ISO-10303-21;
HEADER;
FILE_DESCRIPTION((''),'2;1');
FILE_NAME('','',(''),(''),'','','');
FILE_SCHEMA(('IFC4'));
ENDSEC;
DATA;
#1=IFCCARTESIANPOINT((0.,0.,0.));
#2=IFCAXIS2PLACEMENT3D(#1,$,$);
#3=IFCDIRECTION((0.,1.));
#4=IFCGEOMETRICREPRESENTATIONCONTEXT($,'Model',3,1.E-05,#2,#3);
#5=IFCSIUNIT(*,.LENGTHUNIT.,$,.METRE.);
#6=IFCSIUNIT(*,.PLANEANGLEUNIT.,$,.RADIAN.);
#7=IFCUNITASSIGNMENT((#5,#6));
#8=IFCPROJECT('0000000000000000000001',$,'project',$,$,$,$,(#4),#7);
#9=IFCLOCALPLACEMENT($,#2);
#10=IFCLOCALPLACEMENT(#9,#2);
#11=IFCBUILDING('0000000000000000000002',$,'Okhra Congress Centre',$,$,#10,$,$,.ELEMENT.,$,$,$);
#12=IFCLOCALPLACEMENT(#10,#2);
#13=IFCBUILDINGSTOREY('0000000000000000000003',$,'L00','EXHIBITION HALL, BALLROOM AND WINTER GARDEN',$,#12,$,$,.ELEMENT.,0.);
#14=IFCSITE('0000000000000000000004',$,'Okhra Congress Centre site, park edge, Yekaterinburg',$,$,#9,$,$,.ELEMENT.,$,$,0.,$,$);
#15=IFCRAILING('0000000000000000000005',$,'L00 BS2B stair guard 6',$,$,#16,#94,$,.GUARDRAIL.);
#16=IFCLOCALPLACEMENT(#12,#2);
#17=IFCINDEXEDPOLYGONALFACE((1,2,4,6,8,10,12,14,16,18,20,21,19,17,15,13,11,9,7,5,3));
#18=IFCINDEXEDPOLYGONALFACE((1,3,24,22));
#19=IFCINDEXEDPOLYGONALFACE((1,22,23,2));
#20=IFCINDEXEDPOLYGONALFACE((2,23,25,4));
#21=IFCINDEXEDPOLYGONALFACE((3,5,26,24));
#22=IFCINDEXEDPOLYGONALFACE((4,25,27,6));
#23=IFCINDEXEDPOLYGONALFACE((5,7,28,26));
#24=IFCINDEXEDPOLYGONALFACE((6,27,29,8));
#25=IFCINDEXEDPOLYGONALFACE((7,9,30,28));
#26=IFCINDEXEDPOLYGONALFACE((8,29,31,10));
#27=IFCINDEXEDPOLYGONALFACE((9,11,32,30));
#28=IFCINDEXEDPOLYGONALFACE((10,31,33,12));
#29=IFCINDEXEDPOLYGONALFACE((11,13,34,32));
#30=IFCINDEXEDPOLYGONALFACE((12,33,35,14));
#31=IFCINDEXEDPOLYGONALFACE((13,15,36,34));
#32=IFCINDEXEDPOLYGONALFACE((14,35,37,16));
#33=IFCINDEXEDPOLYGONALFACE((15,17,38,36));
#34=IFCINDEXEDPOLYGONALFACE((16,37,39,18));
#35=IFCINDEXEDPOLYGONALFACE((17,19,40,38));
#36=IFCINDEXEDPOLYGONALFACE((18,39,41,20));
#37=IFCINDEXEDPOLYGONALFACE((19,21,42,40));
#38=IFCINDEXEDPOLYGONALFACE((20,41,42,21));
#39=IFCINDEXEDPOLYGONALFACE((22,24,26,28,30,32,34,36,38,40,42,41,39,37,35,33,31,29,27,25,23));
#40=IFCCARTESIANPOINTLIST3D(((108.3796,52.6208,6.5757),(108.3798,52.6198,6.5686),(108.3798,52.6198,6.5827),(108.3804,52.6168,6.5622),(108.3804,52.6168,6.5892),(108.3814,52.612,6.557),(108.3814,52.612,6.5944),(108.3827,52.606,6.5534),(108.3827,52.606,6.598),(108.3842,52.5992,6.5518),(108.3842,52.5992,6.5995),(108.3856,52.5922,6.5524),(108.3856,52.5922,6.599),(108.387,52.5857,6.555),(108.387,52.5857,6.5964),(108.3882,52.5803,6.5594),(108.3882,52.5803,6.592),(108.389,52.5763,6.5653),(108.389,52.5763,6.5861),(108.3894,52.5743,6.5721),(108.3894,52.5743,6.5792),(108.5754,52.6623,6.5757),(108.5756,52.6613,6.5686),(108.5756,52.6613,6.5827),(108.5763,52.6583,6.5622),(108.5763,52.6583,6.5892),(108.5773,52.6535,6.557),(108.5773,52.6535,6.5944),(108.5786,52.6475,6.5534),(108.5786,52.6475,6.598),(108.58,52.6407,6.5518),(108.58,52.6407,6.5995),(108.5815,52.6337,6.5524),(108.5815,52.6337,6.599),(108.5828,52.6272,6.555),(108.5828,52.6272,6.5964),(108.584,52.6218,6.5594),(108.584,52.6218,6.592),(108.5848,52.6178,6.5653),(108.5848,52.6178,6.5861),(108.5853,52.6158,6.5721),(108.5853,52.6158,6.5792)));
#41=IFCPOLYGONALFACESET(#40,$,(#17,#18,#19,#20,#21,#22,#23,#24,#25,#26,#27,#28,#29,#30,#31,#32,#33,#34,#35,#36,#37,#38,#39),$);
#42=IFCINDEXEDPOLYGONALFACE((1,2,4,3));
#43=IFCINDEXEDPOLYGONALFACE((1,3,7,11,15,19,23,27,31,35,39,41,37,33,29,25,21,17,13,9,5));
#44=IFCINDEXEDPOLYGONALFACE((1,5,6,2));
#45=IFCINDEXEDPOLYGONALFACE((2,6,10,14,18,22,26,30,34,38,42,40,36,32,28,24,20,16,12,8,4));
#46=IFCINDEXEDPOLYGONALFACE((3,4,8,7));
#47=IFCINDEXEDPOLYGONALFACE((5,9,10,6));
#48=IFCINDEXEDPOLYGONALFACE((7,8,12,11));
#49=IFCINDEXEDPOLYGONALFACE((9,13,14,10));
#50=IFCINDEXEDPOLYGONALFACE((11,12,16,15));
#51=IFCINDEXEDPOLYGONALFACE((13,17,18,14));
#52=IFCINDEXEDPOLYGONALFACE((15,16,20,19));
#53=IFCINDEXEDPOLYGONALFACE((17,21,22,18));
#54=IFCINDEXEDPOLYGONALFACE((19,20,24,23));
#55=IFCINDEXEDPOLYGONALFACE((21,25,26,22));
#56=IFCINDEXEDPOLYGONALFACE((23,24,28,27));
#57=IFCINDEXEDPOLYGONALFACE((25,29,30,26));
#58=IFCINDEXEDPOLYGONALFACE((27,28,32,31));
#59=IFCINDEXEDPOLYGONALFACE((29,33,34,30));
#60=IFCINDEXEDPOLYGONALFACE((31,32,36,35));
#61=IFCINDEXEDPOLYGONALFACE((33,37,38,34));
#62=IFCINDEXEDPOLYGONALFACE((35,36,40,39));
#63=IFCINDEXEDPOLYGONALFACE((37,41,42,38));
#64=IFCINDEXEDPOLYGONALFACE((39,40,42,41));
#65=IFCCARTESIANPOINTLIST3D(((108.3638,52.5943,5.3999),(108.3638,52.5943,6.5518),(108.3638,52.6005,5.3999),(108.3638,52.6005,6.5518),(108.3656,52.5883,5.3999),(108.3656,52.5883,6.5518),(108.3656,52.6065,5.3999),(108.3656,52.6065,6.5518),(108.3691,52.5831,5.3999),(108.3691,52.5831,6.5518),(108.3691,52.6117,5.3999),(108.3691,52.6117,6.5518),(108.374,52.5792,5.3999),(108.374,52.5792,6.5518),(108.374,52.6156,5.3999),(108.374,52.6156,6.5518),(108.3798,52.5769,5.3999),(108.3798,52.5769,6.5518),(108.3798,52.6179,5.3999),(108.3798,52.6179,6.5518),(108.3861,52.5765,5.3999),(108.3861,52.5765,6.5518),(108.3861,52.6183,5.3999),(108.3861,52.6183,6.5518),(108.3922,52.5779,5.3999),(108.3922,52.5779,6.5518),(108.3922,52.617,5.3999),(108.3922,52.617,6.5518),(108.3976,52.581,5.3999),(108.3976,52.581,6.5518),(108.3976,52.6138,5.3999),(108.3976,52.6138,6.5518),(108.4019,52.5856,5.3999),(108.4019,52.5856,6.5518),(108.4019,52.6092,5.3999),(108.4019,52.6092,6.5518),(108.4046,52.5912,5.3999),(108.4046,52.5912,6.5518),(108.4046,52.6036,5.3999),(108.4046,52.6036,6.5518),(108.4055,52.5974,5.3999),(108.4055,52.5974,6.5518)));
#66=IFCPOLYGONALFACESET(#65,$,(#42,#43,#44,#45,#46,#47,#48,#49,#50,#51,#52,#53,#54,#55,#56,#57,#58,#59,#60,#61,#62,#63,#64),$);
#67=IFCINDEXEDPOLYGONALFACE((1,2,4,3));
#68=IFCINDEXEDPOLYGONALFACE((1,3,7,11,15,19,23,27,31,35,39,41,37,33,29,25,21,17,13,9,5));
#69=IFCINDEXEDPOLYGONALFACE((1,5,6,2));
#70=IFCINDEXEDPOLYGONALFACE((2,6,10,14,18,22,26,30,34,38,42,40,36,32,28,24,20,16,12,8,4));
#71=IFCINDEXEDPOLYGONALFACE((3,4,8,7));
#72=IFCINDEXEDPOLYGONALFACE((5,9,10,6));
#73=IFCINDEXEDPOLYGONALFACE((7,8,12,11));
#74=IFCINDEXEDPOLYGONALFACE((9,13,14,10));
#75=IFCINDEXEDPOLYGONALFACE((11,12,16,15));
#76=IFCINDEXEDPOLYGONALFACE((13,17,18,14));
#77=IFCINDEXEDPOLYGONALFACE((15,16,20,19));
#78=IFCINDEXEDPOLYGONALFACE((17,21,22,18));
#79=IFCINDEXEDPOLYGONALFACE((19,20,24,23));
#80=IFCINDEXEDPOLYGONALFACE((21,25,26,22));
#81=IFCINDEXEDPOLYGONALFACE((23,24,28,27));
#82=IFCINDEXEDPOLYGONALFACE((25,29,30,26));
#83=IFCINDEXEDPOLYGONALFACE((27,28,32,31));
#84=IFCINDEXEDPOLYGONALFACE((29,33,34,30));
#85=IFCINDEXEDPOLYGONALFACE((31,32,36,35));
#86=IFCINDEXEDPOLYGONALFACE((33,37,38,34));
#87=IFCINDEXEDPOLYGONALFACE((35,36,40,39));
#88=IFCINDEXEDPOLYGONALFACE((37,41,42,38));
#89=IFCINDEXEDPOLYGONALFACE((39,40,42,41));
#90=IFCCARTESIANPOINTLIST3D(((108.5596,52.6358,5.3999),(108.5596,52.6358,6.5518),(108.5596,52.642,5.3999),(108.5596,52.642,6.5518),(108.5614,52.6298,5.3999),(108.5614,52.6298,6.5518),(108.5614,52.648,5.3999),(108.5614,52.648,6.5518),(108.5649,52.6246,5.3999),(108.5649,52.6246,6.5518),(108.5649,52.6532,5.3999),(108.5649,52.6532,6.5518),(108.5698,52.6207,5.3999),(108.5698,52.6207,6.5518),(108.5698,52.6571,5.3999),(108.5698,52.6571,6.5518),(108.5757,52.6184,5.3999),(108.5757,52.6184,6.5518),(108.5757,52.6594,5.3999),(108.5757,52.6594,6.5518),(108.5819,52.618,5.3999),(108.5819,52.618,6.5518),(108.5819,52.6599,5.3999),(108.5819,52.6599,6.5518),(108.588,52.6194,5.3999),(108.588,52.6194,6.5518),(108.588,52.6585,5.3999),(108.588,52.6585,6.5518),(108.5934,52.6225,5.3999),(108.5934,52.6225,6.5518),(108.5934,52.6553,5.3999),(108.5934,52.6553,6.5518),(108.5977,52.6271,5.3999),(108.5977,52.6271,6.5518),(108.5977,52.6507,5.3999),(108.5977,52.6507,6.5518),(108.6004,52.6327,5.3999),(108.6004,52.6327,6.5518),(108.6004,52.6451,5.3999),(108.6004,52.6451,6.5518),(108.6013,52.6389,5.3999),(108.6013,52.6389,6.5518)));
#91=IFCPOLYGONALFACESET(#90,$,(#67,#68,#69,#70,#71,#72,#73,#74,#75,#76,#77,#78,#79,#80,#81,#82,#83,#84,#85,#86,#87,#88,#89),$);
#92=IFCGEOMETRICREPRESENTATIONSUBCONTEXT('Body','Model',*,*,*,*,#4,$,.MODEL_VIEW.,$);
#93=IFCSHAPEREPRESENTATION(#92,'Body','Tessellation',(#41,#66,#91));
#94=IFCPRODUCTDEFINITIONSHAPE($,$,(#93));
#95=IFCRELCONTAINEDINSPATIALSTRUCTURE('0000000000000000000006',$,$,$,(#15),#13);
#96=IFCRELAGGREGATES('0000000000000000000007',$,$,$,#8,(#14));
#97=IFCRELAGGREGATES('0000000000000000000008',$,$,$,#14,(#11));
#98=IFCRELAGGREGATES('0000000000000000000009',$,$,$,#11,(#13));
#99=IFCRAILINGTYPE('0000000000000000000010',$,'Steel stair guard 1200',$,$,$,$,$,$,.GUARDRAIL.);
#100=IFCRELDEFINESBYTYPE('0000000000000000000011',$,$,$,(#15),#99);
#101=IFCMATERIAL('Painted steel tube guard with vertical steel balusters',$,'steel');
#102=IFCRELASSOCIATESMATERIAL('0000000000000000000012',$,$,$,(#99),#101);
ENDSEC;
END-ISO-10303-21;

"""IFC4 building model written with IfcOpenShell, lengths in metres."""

from ifc_helpers import new_model, si_unit, direction, frame, origin, origin_2d, place, context, subcontext, project, spatial, circle, extrude, material, type_object, element, save


model = new_model("IFC4")

# Units and contexts
model_context = context("Model", 3, precision=1e-05, world=origin(), true_north=direction((0.0, 1.0)))
body_context = subcontext(model_context, "Body", "Model", "MODEL_VIEW")
ifc_project = project(units=[si_unit("LENGTHUNIT", "METRE"), si_unit("PLANEANGLEUNIT", "RADIAN")], contexts=[model_context])

# Site, building, storey
site_placement = place(None, origin())
site = spatial("IfcSite", under=ifc_project, at=site_placement, Name="Okhra Congress Centre site, park edge, Yekaterinburg", CompositionType="ELEMENT", RefElevation=0.0)
building_placement = place(site_placement, origin())
building = spatial("IfcBuilding", under=site, at=building_placement, Name="Okhra Congress Centre", CompositionType="ELEMENT")
storey_placement = place(building_placement, origin())
storey = spatial("IfcBuildingStorey", under=building, at=storey_placement, Name="L00", Description="EXHIBITION HALL, BALLROOM AND WINTER GARDEN", CompositionType="ELEMENT", Elevation=0.0)

# Railing
ifc_material_1 = material(Name="Painted steel tube guard with vertical steel balusters", Category="steel")
railing_type_1 = type_object("IfcRailingType", Name="Steel stair guard 1200", PredefinedType="GUARDRAIL", material=ifc_material_1)
railing_1_placement = place(storey_placement, frame((108.3845, 52.5974, 5.3999)))
element("IfcRailing", 1, at=railing_1_placement, inside=storey, type_object=railing_type_1, Name="L00 BS2B stair guard 6", PredefinedType="GUARDRAIL", context=body_context, shape_type="SweptSolid", body=[
    extrude(circle(Radius=0.0239, at=origin_2d()), frame((0.0, 0.0, 1.1758), z_axis=(0.978264, 0.207363, 0.0), x_axis=(-0.207363, 0.978264, 0.0)), (0.0, 0.0, 1.0), 0.2002),
    extrude(circle(Radius=0.021, at=origin_2d()), origin(), (0.0, 0.0, 1.0), 1.1519),
    extrude(circle(Radius=0.021, at=origin_2d()), frame((0.1958, 0.0415, 0.0)), (0.0, 0.0, 1.0), 1.1519),
])

save(model, "model.ifc")
